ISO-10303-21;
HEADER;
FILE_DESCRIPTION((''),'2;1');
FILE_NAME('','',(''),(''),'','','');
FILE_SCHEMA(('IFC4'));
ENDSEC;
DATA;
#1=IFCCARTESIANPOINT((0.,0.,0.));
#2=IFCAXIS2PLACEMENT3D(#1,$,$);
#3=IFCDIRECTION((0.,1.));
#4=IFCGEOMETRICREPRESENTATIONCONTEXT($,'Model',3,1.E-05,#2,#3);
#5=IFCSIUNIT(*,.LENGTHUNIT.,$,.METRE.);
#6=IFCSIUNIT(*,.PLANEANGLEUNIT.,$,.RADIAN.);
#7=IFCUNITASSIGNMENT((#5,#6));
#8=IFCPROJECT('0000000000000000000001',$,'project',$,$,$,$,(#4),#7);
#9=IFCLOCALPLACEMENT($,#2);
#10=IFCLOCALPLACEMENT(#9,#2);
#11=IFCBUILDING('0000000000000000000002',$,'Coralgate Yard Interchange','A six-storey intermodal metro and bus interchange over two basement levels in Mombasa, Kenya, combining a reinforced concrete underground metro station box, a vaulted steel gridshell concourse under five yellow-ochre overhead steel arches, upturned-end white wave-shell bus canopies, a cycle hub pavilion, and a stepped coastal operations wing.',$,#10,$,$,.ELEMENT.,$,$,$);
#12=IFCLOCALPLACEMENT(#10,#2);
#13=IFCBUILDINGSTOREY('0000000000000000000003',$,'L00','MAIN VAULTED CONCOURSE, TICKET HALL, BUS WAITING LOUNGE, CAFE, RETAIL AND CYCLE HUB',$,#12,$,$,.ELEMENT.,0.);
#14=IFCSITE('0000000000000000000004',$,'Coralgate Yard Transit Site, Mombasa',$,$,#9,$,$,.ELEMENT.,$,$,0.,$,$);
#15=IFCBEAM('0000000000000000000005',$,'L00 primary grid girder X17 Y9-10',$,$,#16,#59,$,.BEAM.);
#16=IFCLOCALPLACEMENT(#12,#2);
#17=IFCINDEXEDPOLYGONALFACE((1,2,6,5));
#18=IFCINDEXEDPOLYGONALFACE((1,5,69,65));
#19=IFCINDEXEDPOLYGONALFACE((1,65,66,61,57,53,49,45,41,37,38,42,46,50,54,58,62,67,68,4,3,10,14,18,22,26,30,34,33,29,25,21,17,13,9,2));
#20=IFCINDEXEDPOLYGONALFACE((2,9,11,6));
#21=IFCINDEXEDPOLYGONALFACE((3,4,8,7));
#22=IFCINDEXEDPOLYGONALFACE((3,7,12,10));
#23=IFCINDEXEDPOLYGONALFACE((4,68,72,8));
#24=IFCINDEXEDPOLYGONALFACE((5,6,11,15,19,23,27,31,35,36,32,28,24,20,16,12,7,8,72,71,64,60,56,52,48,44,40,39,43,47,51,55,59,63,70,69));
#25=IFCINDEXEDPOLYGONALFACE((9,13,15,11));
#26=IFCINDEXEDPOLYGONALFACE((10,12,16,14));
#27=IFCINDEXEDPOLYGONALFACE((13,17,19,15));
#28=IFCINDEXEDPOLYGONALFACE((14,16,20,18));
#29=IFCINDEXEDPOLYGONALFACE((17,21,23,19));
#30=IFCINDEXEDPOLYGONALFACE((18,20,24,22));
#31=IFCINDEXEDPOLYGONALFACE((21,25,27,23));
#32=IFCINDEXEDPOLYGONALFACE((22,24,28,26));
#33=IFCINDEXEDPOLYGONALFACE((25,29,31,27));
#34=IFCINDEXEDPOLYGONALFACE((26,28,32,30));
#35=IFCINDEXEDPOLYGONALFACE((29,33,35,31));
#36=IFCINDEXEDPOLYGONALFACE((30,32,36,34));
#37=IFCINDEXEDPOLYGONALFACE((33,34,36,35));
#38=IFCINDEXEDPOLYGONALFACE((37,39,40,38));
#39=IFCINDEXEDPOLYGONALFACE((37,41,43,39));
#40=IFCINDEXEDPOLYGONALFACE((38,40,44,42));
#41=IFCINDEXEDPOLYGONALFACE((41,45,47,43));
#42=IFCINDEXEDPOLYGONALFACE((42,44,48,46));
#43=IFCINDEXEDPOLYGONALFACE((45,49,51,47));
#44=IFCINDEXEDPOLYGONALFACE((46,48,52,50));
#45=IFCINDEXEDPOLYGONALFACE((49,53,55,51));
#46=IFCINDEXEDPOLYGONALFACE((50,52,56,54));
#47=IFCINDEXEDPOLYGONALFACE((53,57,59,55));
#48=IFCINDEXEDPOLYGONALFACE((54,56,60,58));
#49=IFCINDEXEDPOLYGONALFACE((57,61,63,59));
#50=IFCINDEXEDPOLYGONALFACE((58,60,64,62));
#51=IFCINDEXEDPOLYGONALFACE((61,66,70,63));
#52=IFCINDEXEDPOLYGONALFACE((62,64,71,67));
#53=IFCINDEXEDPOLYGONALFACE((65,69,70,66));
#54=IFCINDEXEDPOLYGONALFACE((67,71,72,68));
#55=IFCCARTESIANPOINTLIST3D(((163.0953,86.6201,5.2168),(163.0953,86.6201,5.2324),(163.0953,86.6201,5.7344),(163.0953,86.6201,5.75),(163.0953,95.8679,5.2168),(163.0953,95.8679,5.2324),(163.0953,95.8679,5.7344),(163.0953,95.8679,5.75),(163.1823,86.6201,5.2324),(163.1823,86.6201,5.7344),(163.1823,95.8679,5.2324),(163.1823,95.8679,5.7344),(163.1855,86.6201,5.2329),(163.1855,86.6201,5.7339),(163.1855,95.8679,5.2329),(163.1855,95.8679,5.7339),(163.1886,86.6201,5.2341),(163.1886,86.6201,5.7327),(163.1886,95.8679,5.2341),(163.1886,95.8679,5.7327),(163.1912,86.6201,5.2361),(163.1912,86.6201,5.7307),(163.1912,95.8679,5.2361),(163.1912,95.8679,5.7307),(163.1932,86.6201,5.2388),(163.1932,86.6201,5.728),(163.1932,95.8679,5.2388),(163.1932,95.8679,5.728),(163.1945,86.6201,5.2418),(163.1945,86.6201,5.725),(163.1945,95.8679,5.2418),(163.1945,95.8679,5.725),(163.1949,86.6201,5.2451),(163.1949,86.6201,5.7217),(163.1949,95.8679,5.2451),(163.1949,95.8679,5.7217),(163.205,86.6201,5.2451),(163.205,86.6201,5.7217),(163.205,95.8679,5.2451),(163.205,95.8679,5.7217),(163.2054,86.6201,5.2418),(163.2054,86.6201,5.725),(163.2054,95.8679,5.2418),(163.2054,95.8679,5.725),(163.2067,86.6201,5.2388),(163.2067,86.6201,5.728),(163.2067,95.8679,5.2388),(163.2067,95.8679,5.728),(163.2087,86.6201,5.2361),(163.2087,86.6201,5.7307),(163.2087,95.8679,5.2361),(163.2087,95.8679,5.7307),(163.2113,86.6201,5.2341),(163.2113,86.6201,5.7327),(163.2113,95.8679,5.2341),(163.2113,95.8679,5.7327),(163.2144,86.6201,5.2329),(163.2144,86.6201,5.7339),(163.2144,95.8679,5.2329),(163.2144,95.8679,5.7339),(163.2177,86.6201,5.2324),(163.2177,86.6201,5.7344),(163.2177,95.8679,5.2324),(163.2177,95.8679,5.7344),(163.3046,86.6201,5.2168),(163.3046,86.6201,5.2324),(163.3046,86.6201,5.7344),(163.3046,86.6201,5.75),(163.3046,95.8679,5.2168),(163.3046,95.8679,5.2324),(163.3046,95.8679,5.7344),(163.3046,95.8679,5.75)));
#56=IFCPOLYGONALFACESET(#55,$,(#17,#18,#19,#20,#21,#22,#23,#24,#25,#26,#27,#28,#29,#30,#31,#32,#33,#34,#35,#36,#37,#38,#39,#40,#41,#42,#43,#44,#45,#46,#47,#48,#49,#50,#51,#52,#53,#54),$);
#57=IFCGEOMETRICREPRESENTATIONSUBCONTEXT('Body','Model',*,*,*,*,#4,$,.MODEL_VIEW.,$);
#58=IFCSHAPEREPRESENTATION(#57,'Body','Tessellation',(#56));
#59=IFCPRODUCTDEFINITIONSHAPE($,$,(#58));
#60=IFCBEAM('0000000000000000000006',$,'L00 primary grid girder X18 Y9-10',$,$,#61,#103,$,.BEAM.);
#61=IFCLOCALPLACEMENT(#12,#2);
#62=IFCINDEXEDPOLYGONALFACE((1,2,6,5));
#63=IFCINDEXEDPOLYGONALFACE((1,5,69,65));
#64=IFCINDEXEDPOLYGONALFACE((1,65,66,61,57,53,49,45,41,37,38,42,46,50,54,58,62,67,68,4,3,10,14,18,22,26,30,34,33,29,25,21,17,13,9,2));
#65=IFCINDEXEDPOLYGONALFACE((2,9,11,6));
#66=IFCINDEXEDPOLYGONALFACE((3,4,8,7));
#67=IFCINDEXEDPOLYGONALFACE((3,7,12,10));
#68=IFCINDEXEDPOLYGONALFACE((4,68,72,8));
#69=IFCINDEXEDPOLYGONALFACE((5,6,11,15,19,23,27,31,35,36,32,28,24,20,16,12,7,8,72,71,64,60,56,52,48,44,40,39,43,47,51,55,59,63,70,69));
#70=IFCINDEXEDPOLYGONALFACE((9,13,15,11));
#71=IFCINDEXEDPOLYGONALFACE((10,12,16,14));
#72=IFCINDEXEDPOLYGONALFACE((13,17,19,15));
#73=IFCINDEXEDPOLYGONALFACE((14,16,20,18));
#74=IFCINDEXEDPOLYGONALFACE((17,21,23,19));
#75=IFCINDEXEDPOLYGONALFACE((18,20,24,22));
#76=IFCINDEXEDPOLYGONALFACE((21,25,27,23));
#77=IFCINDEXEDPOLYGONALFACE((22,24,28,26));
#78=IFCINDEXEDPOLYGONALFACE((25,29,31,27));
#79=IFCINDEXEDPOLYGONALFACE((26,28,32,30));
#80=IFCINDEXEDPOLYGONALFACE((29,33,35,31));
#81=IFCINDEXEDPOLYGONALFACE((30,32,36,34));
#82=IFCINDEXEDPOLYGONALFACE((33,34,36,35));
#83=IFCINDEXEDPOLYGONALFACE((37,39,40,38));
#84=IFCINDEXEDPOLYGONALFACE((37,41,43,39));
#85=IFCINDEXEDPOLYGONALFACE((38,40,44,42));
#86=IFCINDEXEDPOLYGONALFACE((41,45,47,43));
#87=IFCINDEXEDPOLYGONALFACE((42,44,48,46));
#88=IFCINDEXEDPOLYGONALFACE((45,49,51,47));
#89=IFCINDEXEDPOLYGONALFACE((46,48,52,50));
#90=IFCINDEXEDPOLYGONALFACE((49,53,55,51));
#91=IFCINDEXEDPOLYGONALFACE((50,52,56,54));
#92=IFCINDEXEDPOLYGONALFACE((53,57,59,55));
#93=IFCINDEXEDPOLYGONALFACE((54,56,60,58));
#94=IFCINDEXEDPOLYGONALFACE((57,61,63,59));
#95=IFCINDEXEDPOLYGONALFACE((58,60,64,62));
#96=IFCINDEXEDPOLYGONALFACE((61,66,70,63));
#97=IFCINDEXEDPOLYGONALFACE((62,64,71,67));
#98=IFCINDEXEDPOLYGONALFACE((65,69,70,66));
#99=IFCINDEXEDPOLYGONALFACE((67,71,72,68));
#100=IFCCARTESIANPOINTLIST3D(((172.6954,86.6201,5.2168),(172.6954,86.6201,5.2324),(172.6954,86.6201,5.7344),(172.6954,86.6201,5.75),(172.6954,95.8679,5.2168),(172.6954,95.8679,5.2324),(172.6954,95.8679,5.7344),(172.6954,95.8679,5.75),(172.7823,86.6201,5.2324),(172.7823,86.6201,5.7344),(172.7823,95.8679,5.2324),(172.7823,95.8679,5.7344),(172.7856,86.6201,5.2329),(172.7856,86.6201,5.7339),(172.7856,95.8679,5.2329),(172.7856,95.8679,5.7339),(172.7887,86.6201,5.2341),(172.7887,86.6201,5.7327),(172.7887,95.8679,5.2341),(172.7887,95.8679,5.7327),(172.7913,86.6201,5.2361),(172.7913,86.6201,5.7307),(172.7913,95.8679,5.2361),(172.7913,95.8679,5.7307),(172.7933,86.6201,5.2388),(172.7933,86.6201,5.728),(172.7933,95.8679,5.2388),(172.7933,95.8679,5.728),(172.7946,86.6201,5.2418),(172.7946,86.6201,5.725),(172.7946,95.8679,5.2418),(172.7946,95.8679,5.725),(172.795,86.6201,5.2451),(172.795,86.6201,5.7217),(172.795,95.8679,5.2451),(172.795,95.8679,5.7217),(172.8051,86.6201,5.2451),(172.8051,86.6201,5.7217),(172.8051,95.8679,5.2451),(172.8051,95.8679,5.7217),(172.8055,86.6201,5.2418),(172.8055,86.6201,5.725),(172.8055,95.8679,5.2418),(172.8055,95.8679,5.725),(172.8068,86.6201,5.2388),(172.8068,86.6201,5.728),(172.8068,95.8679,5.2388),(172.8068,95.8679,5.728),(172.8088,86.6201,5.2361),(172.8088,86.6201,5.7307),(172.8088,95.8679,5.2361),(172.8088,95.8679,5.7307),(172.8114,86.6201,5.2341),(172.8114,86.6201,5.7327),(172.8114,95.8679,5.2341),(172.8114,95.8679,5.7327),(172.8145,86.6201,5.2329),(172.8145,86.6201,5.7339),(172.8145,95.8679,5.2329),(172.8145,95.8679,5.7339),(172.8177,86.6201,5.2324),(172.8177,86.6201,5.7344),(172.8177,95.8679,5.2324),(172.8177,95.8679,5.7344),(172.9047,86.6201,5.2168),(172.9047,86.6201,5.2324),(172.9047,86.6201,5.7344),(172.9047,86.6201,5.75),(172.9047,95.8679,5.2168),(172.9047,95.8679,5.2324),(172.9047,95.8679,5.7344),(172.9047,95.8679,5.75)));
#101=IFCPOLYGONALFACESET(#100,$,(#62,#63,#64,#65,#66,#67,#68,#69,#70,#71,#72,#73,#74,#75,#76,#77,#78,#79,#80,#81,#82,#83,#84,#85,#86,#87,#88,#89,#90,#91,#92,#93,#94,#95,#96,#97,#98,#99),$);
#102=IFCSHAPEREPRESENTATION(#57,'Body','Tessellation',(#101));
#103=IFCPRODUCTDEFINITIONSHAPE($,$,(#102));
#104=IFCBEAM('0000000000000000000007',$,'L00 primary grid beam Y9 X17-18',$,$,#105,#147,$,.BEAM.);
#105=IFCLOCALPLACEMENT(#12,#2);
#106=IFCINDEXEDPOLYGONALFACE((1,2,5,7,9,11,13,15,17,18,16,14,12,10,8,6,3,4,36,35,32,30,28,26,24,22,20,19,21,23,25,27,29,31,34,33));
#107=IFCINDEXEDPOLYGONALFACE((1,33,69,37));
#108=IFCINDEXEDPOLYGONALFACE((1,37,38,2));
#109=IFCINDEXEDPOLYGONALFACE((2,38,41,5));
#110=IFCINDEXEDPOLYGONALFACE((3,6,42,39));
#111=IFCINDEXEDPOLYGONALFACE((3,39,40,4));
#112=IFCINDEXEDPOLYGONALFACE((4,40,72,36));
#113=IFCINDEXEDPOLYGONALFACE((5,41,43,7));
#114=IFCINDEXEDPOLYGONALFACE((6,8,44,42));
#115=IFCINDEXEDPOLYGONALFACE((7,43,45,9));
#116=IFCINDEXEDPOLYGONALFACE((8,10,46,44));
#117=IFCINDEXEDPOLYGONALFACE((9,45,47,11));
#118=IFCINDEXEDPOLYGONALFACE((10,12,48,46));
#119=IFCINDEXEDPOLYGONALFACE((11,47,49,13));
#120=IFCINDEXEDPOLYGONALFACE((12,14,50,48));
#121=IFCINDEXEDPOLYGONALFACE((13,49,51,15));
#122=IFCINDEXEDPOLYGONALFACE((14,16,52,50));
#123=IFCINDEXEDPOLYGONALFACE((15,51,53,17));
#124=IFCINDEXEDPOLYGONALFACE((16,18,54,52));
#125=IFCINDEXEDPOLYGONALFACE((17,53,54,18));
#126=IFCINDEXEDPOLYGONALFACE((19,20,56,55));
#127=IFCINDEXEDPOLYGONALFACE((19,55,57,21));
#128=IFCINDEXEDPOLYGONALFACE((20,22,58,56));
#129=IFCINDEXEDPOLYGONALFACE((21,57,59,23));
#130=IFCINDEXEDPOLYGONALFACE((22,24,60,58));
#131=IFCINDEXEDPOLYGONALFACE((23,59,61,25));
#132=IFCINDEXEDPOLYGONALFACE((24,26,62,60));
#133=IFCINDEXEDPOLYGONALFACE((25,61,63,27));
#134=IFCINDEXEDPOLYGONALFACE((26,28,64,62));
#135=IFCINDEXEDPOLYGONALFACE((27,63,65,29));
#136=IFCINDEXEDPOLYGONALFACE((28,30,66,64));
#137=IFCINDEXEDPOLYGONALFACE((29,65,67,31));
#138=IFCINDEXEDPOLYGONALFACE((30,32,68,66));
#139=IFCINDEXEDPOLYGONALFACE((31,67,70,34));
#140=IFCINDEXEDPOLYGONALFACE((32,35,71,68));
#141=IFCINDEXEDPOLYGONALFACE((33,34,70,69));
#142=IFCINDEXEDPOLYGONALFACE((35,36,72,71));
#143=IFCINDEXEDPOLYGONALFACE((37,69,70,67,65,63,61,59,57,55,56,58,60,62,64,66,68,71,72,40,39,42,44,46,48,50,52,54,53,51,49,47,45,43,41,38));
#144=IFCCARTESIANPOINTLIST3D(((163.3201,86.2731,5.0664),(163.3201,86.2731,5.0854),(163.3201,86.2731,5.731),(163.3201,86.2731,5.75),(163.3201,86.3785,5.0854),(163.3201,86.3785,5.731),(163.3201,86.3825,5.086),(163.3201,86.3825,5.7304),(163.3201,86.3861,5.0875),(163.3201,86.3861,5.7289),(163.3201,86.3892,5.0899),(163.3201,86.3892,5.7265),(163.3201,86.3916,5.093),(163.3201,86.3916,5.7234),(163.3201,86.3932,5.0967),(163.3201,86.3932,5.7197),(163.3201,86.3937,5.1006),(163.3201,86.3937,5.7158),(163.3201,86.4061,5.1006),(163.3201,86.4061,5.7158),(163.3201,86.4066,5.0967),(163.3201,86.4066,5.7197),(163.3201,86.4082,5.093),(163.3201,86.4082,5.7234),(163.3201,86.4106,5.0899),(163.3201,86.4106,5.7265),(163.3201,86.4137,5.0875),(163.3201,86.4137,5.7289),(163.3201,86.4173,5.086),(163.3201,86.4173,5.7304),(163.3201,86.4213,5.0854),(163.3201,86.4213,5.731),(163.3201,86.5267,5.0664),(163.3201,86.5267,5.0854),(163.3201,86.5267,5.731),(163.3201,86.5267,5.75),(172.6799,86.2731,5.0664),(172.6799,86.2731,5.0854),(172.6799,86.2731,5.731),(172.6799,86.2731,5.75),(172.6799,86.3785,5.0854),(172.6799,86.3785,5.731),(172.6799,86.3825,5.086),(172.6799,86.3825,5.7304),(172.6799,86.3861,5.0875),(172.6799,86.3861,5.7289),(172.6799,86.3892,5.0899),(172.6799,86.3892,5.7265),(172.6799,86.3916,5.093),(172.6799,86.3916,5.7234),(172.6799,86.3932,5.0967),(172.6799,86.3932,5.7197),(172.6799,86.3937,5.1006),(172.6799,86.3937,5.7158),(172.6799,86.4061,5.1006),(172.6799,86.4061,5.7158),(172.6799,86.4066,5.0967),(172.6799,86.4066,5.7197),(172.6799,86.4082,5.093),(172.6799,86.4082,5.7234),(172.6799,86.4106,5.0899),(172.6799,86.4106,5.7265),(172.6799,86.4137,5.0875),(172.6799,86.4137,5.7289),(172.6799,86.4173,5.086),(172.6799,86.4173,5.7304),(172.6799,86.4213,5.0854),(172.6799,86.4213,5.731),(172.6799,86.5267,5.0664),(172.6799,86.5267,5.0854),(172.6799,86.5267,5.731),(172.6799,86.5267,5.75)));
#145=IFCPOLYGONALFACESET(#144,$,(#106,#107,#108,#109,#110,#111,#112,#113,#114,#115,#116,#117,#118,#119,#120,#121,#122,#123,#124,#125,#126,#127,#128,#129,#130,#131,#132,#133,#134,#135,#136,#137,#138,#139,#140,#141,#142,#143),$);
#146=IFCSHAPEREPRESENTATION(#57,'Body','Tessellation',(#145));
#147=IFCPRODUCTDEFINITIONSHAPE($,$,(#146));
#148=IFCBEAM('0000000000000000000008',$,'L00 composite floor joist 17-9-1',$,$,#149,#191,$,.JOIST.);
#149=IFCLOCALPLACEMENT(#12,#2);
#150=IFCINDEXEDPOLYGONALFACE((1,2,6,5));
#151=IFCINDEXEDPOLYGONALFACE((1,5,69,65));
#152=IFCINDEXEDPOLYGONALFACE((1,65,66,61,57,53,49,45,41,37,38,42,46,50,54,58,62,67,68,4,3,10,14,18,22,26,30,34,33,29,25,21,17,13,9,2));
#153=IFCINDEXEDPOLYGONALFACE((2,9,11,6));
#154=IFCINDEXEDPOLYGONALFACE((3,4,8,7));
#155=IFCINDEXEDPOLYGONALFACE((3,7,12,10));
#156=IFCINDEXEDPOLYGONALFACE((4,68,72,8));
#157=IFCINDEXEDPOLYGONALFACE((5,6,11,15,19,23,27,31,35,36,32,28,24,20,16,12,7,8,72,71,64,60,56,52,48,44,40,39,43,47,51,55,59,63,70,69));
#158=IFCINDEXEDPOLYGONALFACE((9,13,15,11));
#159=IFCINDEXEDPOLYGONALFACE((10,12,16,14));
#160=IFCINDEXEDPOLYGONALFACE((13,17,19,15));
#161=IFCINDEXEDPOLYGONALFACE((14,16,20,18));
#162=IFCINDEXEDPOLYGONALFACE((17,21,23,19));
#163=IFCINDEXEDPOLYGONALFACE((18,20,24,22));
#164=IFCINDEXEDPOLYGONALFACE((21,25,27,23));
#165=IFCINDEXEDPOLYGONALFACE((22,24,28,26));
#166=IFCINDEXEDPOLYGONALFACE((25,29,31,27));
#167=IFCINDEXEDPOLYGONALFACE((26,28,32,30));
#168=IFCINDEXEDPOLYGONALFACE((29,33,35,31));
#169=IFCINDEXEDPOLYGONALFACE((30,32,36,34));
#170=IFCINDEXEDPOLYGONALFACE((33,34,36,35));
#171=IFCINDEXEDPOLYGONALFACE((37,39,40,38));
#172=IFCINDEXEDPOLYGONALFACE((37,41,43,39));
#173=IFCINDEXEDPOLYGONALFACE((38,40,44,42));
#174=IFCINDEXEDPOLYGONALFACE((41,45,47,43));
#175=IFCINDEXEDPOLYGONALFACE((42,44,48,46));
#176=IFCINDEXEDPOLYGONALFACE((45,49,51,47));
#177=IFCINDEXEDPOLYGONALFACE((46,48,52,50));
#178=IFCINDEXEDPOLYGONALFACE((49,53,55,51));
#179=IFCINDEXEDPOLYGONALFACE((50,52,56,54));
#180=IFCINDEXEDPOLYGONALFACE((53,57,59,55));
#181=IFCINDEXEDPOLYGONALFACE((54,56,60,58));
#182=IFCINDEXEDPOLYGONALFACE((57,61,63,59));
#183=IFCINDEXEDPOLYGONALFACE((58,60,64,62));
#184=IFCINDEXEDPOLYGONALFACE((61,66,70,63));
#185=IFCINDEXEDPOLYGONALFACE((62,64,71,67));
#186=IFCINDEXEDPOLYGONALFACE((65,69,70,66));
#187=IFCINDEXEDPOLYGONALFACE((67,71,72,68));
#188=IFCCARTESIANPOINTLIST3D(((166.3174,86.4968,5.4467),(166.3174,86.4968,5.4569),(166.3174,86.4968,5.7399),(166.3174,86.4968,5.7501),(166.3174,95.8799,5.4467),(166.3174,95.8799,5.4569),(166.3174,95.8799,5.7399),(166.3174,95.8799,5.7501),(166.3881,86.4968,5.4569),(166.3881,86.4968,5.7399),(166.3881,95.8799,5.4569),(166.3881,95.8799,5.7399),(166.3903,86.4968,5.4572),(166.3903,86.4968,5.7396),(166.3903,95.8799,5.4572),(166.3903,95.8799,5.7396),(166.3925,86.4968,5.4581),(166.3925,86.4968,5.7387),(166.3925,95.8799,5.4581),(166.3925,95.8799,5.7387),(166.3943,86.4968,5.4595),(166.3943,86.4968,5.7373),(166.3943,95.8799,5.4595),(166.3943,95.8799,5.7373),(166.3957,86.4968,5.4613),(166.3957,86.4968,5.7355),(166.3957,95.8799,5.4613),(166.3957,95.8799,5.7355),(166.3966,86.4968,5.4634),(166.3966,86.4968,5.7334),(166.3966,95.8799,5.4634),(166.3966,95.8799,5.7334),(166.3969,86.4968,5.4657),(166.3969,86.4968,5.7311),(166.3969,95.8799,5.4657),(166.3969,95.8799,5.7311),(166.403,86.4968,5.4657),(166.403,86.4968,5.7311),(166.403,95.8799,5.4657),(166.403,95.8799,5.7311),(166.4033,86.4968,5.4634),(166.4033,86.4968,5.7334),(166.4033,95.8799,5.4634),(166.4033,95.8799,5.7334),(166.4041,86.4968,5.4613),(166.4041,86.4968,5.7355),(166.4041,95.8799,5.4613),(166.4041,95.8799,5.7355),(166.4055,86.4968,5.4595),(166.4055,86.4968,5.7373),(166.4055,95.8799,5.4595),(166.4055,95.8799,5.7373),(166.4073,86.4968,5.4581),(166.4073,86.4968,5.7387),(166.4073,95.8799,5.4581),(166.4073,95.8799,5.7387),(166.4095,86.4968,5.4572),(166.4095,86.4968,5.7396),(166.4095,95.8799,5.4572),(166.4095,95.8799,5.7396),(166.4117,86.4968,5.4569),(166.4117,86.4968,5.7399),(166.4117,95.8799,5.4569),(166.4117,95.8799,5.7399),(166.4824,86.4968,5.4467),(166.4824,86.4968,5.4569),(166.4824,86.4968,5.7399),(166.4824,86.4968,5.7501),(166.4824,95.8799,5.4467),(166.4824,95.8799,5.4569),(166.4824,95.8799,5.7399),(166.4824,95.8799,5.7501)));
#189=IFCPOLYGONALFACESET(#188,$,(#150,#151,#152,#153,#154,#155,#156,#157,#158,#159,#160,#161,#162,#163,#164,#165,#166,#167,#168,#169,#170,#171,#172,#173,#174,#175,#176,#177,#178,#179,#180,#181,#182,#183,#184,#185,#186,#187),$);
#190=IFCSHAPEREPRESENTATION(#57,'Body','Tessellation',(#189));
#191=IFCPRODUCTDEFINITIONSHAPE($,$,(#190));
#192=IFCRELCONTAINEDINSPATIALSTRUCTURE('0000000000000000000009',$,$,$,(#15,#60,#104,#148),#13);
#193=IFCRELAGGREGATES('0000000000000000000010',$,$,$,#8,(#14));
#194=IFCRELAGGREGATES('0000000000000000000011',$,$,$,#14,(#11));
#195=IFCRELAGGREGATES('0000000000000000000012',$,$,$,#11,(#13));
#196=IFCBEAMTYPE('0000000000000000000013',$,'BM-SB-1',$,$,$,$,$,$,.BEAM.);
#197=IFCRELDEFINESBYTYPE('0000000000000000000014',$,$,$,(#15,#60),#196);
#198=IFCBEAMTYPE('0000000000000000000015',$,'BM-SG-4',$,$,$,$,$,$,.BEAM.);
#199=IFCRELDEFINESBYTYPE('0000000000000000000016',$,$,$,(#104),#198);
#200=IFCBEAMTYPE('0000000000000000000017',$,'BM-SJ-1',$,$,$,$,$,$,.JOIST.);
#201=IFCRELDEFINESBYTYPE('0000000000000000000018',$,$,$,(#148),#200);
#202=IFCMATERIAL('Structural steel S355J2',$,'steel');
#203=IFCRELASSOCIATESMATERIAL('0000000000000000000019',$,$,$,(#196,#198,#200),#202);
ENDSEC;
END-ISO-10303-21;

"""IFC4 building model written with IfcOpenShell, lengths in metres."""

from ifc_helpers import new_model, si_unit, direction, frame, origin, origin_2d, place, context, subcontext, project, spatial, i_section, extrude, material, material_profile, profile_set, type_object, element, save


model = new_model("IFC4")

# Units and contexts
model_context = context("Model", 3, precision=1e-05, world=origin(), true_north=direction((0.0, 1.0)))
body_context = subcontext(model_context, "Body", "Model", "MODEL_VIEW")
ifc_project = project(units=[si_unit("LENGTHUNIT", "METRE"), si_unit("PLANEANGLEUNIT", "RADIAN")], contexts=[model_context])

# Site, building, storey
site_placement = place(None, origin())
site = spatial("IfcSite", under=ifc_project, at=site_placement, Name="Coralgate Yard Transit Site, Mombasa", CompositionType="ELEMENT", RefElevation=0.0)
building_placement = place(site_placement, origin())
building = spatial("IfcBuilding", under=site, at=building_placement, Name="Coralgate Yard Interchange", Description="A six-storey intermodal metro and bus interchange over two basement levels in Mombasa, Kenya, combining a reinforced concrete underground metro station box, a vaulted steel gridshell concourse under five yellow-ochre overhead steel arches, upturned-end white wave-shell bus canopies, a cycle hub pavilion, and a stepped coastal operations wing.", CompositionType="ELEMENT")
storey_placement = place(building_placement, origin())
storey = spatial("IfcBuildingStorey", under=building, at=storey_placement, Name="L00", Description="MAIN VAULTED CONCOURSE, TICKET HALL, BUS WAITING LOUNGE, CAFE, RETAIL AND CYCLE HUB", CompositionType="ELEMENT", Elevation=0.0)

# Shared definitions
ifc_material_1 = material(Name="Structural steel S355J2", Category="steel")

# Beams
ifc_material_profile_1 = material_profile(ifc_material_1, i_section(OverallWidth=0.2092, OverallDepth=0.5332, WebThickness=0.01, FlangeThickness=0.0156, FilletRadius=0.0127, at=origin_2d()), Name="UB 533x210x92")
ifc_profile_set_1 = profile_set([ifc_material_profile_1], Name="Structural steel S355J2")
beam_type_1 = type_object("IfcBeamType", Name="BM-SB-1", PredefinedType="BEAM", material=ifc_profile_set_1)
for number, where, z_axis, x_axis, name in (
    (1, (163.2, 86.6201, 5.4834), (0.0, 1.0, 0.0), (-1.0, 0.0, 0.0), "L00 primary grid girder X17 Y9-10"),
    (2, (172.8, 86.6201, 5.4834), (0.0, 1.0, 0.0), (-1.0, 0.0, 0.0), "L00 primary grid girder X18 Y9-10"),
):
    element("IfcBeam", number, at=place(storey_placement, frame(where, z_axis=z_axis, x_axis=x_axis)), inside=storey, type_object=beam_type_1, Name=name, PredefinedType="BEAM", context=body_context, shape_type="SweptSolid", body=[
        extrude(i_section(OverallWidth=0.2092, OverallDepth=0.5332, WebThickness=0.01, FlangeThickness=0.0156, FilletRadius=0.0127, at=origin_2d()), origin(), (0.0, 0.0, 1.0), 9.2478),
    ])
ifc_material_profile_2 = material_profile(ifc_material_1, i_section(OverallWidth=0.2537, OverallDepth=0.6836, WebThickness=0.0125, FlangeThickness=0.019, FilletRadius=0.0151, at=origin_2d()), Name="UB 686x254x140")
ifc_profile_set_2 = profile_set([ifc_material_profile_2], Name="Structural steel S355J2")
beam_type_2 = type_object("IfcBeamType", Name="BM-SG-4", PredefinedType="BEAM", material=ifc_profile_set_2)
beam_1_placement = place(storey_placement, frame((163.3201, 86.3999, 5.4082), z_axis=(1.0, 0.0, 0.0), x_axis=(0.0, 1.0, 0.0)))
element("IfcBeam", 3, at=beam_1_placement, inside=storey, type_object=beam_type_2, Name="L00 primary grid beam Y9 X17-18", PredefinedType="BEAM", context=body_context, shape_type="SweptSolid", body=[
    extrude(i_section(OverallWidth=0.2537, OverallDepth=0.6836, WebThickness=0.0125, FlangeThickness=0.019, FilletRadius=0.0151, at=origin_2d()), origin(), (0.0, 0.0, 1.0), 9.3599),
])
ifc_material_profile_3 = material_profile(ifc_material_1, i_section(OverallWidth=0.165, OverallDepth=0.3035, WebThickness=0.0061, FlangeThickness=0.0103, FilletRadius=0.0088, at=origin_2d()), Name="UB 305x165x40")
ifc_profile_set_3 = profile_set([ifc_material_profile_3], Name="Structural steel S355J2")
beam_type_3 = type_object("IfcBeamType", Name="BM-SJ-1", PredefinedType="JOIST", material=ifc_profile_set_3)
for number, where, z_axis, x_axis, name in (
    (4, (166.3999, 86.4968, 5.5984), (0.0, 1.0, 0.0), (-1.0, 0.0, 0.0), "L00 composite floor joist 17-9-1"),
):
    element("IfcBeam", number, at=place(storey_placement, frame(where, z_axis=z_axis, x_axis=x_axis)), inside=storey, type_object=beam_type_3, Name=name, PredefinedType="JOIST", context=body_context, shape_type="SweptSolid", body=[
        extrude(i_section(OverallWidth=0.165, OverallDepth=0.3035, WebThickness=0.0061, FlangeThickness=0.0103, FilletRadius=0.0088, at=origin_2d()), origin(), (0.0, 0.0, 1.0), 9.3831),
    ])

save(model, "model.ifc")
